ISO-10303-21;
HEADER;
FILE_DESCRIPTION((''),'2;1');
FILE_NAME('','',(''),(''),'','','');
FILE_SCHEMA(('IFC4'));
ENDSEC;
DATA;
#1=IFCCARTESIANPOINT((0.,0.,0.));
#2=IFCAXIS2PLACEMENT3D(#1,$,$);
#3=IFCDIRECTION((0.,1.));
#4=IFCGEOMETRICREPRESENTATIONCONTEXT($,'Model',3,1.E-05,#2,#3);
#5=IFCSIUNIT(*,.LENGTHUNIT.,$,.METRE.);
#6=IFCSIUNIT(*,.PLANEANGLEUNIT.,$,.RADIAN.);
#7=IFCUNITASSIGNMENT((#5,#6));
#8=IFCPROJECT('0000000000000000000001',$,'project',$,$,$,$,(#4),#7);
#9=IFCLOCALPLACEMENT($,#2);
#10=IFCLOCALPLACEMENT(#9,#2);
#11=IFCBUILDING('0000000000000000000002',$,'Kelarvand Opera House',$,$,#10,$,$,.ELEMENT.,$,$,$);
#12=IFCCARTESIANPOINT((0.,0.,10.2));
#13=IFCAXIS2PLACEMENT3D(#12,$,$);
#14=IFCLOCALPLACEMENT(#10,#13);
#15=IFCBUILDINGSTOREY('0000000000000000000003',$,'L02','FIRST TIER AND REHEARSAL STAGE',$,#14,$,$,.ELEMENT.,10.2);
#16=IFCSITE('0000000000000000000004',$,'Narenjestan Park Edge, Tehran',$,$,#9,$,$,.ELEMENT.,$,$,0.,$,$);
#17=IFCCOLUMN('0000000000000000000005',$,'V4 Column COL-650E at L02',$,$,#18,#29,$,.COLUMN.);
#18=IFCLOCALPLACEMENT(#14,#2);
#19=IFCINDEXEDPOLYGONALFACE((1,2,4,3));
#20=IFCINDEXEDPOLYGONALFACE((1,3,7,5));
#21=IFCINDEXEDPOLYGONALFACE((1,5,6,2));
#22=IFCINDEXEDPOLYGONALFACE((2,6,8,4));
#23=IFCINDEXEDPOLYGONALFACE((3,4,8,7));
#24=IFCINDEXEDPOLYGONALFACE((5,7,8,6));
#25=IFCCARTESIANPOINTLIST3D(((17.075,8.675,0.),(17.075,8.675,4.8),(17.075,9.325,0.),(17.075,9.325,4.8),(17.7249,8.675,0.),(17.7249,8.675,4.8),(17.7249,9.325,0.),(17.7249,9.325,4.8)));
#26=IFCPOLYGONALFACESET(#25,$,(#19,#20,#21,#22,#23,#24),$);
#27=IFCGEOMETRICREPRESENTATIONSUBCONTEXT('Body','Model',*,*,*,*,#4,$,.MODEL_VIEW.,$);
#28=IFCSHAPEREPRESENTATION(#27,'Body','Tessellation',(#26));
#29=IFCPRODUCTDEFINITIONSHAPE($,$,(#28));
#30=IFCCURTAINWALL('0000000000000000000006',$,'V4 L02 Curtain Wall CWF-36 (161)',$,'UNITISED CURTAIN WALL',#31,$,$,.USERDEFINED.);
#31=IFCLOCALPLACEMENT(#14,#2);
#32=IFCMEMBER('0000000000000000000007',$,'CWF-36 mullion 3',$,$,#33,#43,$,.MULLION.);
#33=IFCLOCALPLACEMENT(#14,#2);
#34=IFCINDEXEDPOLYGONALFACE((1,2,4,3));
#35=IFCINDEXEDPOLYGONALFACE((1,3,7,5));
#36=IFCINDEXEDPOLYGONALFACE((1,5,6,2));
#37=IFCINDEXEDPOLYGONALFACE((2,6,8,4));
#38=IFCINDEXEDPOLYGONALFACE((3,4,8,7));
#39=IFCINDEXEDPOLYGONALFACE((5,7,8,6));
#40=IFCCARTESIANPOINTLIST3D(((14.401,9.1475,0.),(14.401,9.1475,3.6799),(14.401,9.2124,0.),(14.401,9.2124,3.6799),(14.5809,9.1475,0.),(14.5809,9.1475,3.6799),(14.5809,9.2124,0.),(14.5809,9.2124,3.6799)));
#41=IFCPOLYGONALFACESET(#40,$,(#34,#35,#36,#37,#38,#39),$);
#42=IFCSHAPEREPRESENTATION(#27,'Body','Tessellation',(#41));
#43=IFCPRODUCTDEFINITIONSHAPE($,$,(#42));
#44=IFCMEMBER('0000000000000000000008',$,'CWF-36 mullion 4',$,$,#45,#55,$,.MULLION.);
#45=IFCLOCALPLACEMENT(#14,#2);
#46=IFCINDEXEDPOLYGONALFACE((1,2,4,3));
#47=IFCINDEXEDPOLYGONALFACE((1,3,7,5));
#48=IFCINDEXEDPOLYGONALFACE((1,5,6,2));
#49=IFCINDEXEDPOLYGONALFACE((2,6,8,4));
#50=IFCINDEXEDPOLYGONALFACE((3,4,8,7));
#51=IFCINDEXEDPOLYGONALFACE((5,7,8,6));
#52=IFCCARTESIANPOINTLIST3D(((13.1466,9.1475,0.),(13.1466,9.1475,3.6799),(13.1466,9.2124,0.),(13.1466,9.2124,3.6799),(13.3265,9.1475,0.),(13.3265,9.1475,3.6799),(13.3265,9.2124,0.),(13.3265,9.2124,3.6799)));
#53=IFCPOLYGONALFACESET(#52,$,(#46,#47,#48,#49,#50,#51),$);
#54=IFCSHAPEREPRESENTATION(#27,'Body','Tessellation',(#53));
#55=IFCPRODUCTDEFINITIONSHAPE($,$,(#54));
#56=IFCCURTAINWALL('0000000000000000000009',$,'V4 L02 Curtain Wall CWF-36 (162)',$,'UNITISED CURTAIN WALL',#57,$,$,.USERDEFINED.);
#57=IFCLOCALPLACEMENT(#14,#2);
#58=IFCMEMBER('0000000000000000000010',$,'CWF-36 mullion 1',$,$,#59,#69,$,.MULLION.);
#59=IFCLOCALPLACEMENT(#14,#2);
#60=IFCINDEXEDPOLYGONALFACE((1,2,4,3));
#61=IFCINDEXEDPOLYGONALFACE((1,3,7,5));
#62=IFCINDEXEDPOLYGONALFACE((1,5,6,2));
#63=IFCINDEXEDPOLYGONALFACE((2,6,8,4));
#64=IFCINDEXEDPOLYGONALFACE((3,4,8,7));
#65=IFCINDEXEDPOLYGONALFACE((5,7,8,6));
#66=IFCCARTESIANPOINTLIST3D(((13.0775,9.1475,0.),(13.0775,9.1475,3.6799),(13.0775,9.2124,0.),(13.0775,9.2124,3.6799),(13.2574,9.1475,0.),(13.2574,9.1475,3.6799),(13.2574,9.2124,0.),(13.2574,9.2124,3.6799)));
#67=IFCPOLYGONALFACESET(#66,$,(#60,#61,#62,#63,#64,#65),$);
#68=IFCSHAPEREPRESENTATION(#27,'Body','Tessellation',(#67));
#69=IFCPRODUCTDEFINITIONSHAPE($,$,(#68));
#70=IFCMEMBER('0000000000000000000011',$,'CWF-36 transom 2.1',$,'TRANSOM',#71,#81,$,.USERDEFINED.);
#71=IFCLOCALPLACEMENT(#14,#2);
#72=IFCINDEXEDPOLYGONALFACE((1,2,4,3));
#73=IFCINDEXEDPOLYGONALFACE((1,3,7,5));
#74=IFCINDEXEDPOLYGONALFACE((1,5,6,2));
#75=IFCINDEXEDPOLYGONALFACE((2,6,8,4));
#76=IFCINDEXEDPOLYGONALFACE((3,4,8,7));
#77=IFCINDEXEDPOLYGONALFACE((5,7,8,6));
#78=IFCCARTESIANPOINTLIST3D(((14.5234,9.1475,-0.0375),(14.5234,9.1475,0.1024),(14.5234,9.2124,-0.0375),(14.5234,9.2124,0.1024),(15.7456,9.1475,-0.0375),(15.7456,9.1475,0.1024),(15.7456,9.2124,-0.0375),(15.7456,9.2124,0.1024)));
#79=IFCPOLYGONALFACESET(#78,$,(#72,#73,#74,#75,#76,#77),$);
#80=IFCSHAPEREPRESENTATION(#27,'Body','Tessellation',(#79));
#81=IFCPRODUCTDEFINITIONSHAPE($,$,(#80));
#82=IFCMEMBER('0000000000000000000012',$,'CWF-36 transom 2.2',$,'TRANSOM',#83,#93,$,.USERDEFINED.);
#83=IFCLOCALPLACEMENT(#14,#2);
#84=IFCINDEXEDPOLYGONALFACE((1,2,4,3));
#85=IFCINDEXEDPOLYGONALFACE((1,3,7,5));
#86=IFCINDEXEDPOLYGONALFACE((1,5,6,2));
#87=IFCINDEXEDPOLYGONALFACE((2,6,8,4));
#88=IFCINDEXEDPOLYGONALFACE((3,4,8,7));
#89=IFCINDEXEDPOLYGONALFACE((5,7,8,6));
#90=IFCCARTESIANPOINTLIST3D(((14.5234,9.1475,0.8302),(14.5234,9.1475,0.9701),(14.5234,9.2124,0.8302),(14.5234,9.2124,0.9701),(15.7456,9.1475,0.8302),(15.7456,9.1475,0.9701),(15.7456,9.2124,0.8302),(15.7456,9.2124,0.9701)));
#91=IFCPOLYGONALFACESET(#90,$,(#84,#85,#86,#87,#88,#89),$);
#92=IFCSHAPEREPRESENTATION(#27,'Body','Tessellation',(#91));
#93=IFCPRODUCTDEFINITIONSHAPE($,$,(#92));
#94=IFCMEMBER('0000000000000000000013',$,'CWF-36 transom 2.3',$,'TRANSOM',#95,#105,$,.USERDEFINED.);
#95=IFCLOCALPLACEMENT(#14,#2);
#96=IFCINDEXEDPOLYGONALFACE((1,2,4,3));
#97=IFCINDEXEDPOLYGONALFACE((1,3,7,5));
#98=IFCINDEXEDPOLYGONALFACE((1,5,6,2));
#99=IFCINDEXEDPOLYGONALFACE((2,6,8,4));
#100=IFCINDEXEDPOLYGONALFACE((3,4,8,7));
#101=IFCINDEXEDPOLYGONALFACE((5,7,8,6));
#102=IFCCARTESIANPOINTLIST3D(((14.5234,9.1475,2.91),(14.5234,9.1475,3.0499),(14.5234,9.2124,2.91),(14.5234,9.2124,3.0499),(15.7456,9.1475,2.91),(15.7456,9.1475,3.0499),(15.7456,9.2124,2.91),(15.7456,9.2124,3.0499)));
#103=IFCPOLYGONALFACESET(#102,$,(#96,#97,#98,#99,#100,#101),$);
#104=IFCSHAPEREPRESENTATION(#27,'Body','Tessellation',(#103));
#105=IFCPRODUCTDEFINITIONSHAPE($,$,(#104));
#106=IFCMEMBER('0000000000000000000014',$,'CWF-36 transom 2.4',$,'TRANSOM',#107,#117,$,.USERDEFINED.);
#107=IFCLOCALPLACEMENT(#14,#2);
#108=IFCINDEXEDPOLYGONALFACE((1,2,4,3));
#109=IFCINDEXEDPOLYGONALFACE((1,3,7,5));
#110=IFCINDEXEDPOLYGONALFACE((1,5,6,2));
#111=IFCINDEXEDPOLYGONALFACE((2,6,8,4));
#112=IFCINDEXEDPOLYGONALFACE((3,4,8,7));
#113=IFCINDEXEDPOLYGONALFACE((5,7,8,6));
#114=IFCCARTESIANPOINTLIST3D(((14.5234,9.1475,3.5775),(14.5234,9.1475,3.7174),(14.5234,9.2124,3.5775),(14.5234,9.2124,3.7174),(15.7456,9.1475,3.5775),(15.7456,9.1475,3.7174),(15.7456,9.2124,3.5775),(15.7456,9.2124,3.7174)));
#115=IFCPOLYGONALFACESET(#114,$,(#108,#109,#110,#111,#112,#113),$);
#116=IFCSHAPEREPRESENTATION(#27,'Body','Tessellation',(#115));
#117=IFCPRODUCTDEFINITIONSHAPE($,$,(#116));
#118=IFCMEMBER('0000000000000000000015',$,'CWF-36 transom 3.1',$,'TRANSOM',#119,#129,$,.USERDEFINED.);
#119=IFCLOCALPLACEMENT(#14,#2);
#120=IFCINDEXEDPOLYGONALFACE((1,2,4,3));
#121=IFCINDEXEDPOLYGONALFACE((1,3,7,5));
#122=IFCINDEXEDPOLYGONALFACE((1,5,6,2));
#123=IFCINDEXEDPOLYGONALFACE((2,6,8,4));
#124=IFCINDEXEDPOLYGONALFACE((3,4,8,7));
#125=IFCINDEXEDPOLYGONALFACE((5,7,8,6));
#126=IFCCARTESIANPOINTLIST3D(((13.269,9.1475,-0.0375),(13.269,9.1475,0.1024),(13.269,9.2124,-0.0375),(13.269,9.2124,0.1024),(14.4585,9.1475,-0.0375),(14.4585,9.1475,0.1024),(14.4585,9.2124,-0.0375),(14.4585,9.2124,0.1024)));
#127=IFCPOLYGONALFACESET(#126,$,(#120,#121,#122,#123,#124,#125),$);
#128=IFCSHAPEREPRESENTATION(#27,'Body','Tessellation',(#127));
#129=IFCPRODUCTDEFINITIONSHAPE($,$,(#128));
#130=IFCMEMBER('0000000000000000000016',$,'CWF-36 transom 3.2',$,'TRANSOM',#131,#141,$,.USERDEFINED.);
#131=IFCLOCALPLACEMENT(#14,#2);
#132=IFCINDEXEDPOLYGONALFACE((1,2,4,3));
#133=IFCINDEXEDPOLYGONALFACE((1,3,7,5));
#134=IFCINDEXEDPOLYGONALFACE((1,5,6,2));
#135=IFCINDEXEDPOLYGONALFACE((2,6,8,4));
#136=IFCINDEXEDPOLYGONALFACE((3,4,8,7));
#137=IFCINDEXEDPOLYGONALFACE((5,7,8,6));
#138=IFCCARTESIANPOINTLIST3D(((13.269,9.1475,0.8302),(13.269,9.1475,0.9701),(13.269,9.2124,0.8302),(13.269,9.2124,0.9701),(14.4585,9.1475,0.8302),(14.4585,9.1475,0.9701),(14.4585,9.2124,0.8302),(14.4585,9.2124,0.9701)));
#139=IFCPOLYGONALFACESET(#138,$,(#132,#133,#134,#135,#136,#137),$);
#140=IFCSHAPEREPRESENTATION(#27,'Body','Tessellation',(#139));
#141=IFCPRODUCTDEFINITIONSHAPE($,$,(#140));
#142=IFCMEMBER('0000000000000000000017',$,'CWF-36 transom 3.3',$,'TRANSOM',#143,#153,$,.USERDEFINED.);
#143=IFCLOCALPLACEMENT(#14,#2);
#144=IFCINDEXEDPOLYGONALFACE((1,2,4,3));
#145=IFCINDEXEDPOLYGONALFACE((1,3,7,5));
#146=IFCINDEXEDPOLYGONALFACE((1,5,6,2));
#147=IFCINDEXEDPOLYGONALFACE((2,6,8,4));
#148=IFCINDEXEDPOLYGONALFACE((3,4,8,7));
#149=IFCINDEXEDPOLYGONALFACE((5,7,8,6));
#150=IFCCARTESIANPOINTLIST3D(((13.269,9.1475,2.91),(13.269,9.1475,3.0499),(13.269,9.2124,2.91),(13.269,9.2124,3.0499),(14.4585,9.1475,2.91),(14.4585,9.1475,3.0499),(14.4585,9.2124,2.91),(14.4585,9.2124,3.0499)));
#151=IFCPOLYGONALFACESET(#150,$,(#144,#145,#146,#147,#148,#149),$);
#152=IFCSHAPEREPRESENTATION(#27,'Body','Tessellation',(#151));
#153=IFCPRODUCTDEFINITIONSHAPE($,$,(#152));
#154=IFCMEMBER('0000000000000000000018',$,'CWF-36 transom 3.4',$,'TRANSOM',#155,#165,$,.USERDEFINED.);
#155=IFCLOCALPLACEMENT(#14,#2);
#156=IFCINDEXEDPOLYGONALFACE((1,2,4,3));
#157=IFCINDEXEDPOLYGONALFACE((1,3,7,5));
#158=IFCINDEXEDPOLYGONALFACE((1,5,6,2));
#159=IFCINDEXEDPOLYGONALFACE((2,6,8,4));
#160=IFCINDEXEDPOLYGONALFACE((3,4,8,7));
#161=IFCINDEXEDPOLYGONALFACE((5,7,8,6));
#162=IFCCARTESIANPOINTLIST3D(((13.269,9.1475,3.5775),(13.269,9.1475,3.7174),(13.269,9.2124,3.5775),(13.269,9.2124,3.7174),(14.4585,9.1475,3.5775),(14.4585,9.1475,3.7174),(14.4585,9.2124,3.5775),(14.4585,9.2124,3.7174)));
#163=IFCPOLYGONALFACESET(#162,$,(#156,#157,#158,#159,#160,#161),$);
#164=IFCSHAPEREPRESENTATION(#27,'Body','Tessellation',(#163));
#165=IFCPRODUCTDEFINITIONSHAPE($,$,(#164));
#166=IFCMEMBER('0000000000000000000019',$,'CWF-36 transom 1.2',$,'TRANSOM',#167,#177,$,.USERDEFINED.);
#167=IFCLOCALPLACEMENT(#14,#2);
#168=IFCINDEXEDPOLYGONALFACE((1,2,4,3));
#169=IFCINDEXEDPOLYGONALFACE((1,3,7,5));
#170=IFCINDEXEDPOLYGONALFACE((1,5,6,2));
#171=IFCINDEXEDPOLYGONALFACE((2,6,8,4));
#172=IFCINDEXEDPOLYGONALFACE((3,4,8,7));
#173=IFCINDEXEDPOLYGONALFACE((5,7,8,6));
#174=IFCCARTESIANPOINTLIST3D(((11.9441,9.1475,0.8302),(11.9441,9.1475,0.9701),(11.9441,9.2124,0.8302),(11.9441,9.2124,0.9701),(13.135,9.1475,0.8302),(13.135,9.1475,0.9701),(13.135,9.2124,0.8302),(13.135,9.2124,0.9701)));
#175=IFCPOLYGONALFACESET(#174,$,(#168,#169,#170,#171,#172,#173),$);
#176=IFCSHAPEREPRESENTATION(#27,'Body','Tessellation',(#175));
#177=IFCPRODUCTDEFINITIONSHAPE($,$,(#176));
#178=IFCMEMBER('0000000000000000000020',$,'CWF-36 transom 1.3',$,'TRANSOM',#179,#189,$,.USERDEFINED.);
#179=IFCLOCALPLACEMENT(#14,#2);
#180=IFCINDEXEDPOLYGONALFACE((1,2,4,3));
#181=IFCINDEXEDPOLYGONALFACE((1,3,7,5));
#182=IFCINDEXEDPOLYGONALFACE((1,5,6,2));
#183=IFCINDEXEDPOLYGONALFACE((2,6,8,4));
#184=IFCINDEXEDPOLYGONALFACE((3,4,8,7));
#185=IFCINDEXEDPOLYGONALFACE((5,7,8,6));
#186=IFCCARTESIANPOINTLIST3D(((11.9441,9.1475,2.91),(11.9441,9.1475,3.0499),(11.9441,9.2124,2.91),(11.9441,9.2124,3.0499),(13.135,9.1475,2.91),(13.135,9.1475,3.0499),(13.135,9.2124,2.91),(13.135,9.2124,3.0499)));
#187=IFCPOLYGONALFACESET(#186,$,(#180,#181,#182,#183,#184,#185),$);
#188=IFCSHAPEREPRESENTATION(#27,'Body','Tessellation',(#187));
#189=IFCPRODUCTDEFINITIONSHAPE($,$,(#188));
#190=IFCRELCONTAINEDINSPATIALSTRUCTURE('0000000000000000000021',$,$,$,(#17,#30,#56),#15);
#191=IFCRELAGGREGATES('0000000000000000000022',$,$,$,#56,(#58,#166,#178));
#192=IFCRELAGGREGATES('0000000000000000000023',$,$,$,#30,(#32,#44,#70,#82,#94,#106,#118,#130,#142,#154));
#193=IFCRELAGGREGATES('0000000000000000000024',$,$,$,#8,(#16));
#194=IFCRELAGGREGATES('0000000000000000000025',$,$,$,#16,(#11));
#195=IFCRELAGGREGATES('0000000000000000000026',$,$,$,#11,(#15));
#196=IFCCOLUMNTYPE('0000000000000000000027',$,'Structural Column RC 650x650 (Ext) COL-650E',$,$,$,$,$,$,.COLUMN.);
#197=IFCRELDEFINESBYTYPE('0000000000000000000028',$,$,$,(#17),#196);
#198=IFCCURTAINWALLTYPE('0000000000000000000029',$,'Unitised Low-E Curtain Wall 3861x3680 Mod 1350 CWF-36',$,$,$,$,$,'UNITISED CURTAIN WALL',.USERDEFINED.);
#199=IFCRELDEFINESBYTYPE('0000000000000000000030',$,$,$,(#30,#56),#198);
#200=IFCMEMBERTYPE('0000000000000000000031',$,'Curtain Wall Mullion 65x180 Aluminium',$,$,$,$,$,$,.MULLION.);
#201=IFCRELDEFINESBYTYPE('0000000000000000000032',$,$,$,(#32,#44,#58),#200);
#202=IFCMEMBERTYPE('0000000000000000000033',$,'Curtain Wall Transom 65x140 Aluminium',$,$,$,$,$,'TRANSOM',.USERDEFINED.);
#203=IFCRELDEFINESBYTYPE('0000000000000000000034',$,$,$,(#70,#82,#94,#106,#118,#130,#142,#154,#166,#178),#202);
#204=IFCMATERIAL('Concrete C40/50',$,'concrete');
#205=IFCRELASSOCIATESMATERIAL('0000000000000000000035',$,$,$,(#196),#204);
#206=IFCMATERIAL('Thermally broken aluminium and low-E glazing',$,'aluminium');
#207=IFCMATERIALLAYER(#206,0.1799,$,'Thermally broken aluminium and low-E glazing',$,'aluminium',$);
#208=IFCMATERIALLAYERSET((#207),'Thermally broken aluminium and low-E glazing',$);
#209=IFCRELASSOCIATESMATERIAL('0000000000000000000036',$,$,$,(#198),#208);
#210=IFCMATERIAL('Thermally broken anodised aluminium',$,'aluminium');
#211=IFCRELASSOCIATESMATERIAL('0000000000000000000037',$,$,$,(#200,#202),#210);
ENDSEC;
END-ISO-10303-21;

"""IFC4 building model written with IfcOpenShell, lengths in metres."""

from ifc_helpers import new_model, si_unit, direction, frame, origin, origin_2d, place, context, subcontext, project, spatial, rectangle, extrude, material, layer, layer_set, material_profile, profile_set, type_object, element, aggregate, save


model = new_model("IFC4")

# Units and contexts
model_context = context("Model", 3, precision=1e-05, world=origin(), true_north=direction((0.0, 1.0)))
body_context = subcontext(model_context, "Body", "Model", "MODEL_VIEW")
ifc_project = project(units=[si_unit("LENGTHUNIT", "METRE"), si_unit("PLANEANGLEUNIT", "RADIAN")], contexts=[model_context])

# Site, building, storey
site_placement = place(None, origin())
site = spatial("IfcSite", under=ifc_project, at=site_placement, Name="Narenjestan Park Edge, Tehran", CompositionType="ELEMENT", RefElevation=0.0)
building_placement = place(site_placement, origin())
building = spatial("IfcBuilding", under=site, at=building_placement, Name="Kelarvand Opera House", CompositionType="ELEMENT")
storey_placement = place(building_placement, frame((0.0, 0.0, 10.2)))
storey = spatial("IfcBuildingStorey", under=building, at=storey_placement, Name="L02", Description="FIRST TIER AND REHEARSAL STAGE", CompositionType="ELEMENT", Elevation=10.2)

# Column
ifc_material_1 = material(Name="Concrete C40/50", Category="concrete")
ifc_material_profile_1 = material_profile(ifc_material_1, rectangle(XDim=0.6499, YDim=0.6499, at=origin_2d()), Name="RC 650x650", Category="concrete")
ifc_profile_set_1 = profile_set([ifc_material_profile_1], Name="Concrete C40/50")
column_type = type_object("IfcColumnType", Name="Structural Column RC 650x650 (Ext) COL-650E", PredefinedType="COLUMN", material=ifc_profile_set_1)
column_placement = place(storey_placement, frame((17.3999, 9.0, 0.0), z_axis=(0.0, 0.0, 1.0), x_axis=(1.0, 0.0, 0.0)))
element("IfcColumn", 1, at=column_placement, inside=storey, type_object=column_type, Name="V4 Column COL-650E at L02", PredefinedType="COLUMN", context=body_context, shape_type="SweptSolid", body=[
    extrude(rectangle(XDim=0.6499, YDim=0.6499, at=origin_2d()), origin(), (0.0, 0.0, 1.0), 4.8),
])

# Curtain wall, members
ifc_material_2 = material(Name="Thermally broken aluminium and low-E glazing", Category="aluminium")
ifc_layer_1 = layer(ifc_material_2, 0.1799, Name="Thermally broken aluminium and low-E glazing", Category="aluminium")
ifc_layer_set_1 = layer_set([ifc_layer_1], Name="Thermally broken aluminium and low-E glazing")
curtain_wall_type = type_object("IfcCurtainWallType", Name="Unitised Low-E Curtain Wall 3861x3680 Mod 1350 CWF-36", ElementType="UNITISED CURTAIN WALL", PredefinedType="USERDEFINED", material=ifc_layer_set_1)
curtain_wall_1_placement = place(storey_placement, origin())
curtain_wall_1 = element("IfcCurtainWall", 2, at=curtain_wall_1_placement, inside=storey, type_object=curtain_wall_type, Name="V4 L02 Curtain Wall CWF-36 (161)", ObjectType="UNITISED CURTAIN WALL", PredefinedType="USERDEFINED")
ifc_material_3 = material(Name="Thermally broken anodised aluminium", Category="aluminium")
ifc_material_profile_2 = material_profile(ifc_material_3, rectangle(XDim=0.0649, YDim=0.1799, at=origin_2d()), Name="ALU MULLION 65x180", Category="aluminium")
ifc_profile_set_2 = profile_set([ifc_material_profile_2], Name="Thermally broken anodised aluminium")
member_type_1 = type_object("IfcMemberType", Name="Curtain Wall Mullion 65x180 Aluminium", PredefinedType="MULLION", material=ifc_profile_set_2)
member_1_placement = place(storey_placement, frame((14.491, 9.1799, 0.0), z_axis=(0.0, 0.0, 1.0), x_axis=(0.0, -1.0, 0.0)))
member_1 = element("IfcMember", 3, at=member_1_placement, type_object=member_type_1, Name="CWF-36 mullion 3", PredefinedType="MULLION", context=body_context, shape_type="SweptSolid", body=[
    extrude(rectangle(XDim=0.0649, YDim=0.1799, at=origin_2d()), origin(), (0.0, 0.0, 1.0), 3.6799),
])
member_2_placement = place(storey_placement, frame((13.2366, 9.1799, 0.0), z_axis=(0.0, 0.0, 1.0), x_axis=(0.0, -1.0, 0.0)))
member_2 = element("IfcMember", 4, at=member_2_placement, type_object=member_type_1, Name="CWF-36 mullion 4", PredefinedType="MULLION", context=body_context, shape_type="SweptSolid", body=[
    extrude(rectangle(XDim=0.0649, YDim=0.1799, at=origin_2d()), origin(), (0.0, 0.0, 1.0), 3.6799),
])

# Curtain wall, member
curtain_wall_2_placement = place(storey_placement, origin())
curtain_wall_2 = element("IfcCurtainWall", 5, at=curtain_wall_2_placement, inside=storey, type_object=curtain_wall_type, Name="V4 L02 Curtain Wall CWF-36 (162)", ObjectType="UNITISED CURTAIN WALL", PredefinedType="USERDEFINED")
member_3_placement = place(storey_placement, frame((13.1675, 9.1799, 0.0), z_axis=(0.0, 0.0, 1.0), x_axis=(0.0, -1.0, 0.0)))
member_3 = element("IfcMember", 6, at=member_3_placement, type_object=member_type_1, Name="CWF-36 mullion 1", PredefinedType="MULLION", context=body_context, shape_type="SweptSolid", body=[
    extrude(rectangle(XDim=0.0649, YDim=0.1799, at=origin_2d()), origin(), (0.0, 0.0, 1.0), 3.6799),
])

# Members
ifc_material_profile_3 = material_profile(ifc_material_3, rectangle(XDim=0.0649, YDim=0.1399, at=origin_2d()), Name="ALU TRANSOM 65x140", Category="aluminium")
ifc_profile_set_3 = profile_set([ifc_material_profile_3], Name="Thermally broken anodised aluminium")
member_type_2 = type_object("IfcMemberType", Name="Curtain Wall Transom 65x140 Aluminium", ElementType="TRANSOM", PredefinedType="USERDEFINED", material=ifc_profile_set_3)
member_4_placement = place(storey_placement, frame((15.7456, 9.1799, 0.0325), z_axis=(-1.0, 0.0, 0.0), x_axis=(0.0, -1.0, 0.0)))
member_4 = element("IfcMember", 7, at=member_4_placement, type_object=member_type_2, Name="CWF-36 transom 2.1", ObjectType="TRANSOM", PredefinedType="USERDEFINED", context=body_context, shape_type="SweptSolid", body=[
    extrude(rectangle(XDim=0.0649, YDim=0.1399, at=origin_2d()), origin(), (0.0, 0.0, 1.0), 1.2222),
])
member_5_placement = place(storey_placement, frame((15.7456, 9.1799, 0.9001), z_axis=(-1.0, 0.0, 0.0), x_axis=(0.0, -1.0, 0.0)))
member_5 = element("IfcMember", 8, at=member_5_placement, type_object=member_type_2, Name="CWF-36 transom 2.2", ObjectType="TRANSOM", PredefinedType="USERDEFINED", context=body_context, shape_type="SweptSolid", body=[
    extrude(rectangle(XDim=0.0649, YDim=0.1399, at=origin_2d()), origin(), (0.0, 0.0, 1.0), 1.2222),
])
member_6_placement = place(storey_placement, frame((15.7456, 9.1799, 2.98), z_axis=(-1.0, 0.0, 0.0), x_axis=(0.0, -1.0, 0.0)))
member_6 = element("IfcMember", 9, at=member_6_placement, type_object=member_type_2, Name="CWF-36 transom 2.3", ObjectType="TRANSOM", PredefinedType="USERDEFINED", context=body_context, shape_type="SweptSolid", body=[
    extrude(rectangle(XDim=0.0649, YDim=0.1399, at=origin_2d()), origin(), (0.0, 0.0, 1.0), 1.2222),
])
member_7_placement = place(storey_placement, frame((15.7456, 9.1799, 3.6475), z_axis=(-1.0, 0.0, 0.0), x_axis=(0.0, -1.0, 0.0)))
member_7 = element("IfcMember", 10, at=member_7_placement, type_object=member_type_2, Name="CWF-36 transom 2.4", ObjectType="TRANSOM", PredefinedType="USERDEFINED", context=body_context, shape_type="SweptSolid", body=[
    extrude(rectangle(XDim=0.0649, YDim=0.1399, at=origin_2d()), origin(), (0.0, 0.0, 1.0), 1.2222),
])
member_8_placement = place(storey_placement, frame((14.4585, 9.1799, 0.0325), z_axis=(-1.0, 0.0, 0.0), x_axis=(0.0, -1.0, 0.0)))
member_8 = element("IfcMember", 11, at=member_8_placement, type_object=member_type_2, Name="CWF-36 transom 3.1", ObjectType="TRANSOM", PredefinedType="USERDEFINED", context=body_context, shape_type="SweptSolid", body=[
    extrude(rectangle(XDim=0.0649, YDim=0.1399, at=origin_2d()), origin(), (0.0, 0.0, 1.0), 1.1895),
])
member_9_placement = place(storey_placement, frame((14.4585, 9.1799, 0.9001), z_axis=(-1.0, 0.0, 0.0), x_axis=(0.0, -1.0, 0.0)))
member_9 = element("IfcMember", 12, at=member_9_placement, type_object=member_type_2, Name="CWF-36 transom 3.2", ObjectType="TRANSOM", PredefinedType="USERDEFINED", context=body_context, shape_type="SweptSolid", body=[
    extrude(rectangle(XDim=0.0649, YDim=0.1399, at=origin_2d()), origin(), (0.0, 0.0, 1.0), 1.1895),
])
member_10_placement = place(storey_placement, frame((14.4585, 9.1799, 2.98), z_axis=(-1.0, 0.0, 0.0), x_axis=(0.0, -1.0, 0.0)))
member_10 = element("IfcMember", 13, at=member_10_placement, type_object=member_type_2, Name="CWF-36 transom 3.3", ObjectType="TRANSOM", PredefinedType="USERDEFINED", context=body_context, shape_type="SweptSolid", body=[
    extrude(rectangle(XDim=0.0649, YDim=0.1399, at=origin_2d()), origin(), (0.0, 0.0, 1.0), 1.1895),
])
member_11_placement = place(storey_placement, frame((14.4585, 9.1799, 3.6475), z_axis=(-1.0, 0.0, 0.0), x_axis=(0.0, -1.0, 0.0)))
member_11 = element("IfcMember", 14, at=member_11_placement, type_object=member_type_2, Name="CWF-36 transom 3.4", ObjectType="TRANSOM", PredefinedType="USERDEFINED", context=body_context, shape_type="SweptSolid", body=[
    extrude(rectangle(XDim=0.0649, YDim=0.1399, at=origin_2d()), origin(), (0.0, 0.0, 1.0), 1.1895),
])
member_12_placement = place(storey_placement, frame((13.135, 9.1799, 0.9001), z_axis=(-1.0, 0.0, 0.0), x_axis=(0.0, -1.0, 0.0)))
member_12 = element("IfcMember", 15, at=member_12_placement, type_object=member_type_2, Name="CWF-36 transom 1.2", ObjectType="TRANSOM", PredefinedType="USERDEFINED", context=body_context, shape_type="SweptSolid", body=[
    extrude(rectangle(XDim=0.0649, YDim=0.1399, at=origin_2d()), origin(), (0.0, 0.0, 1.0), 1.1909),
])
member_13_placement = place(storey_placement, frame((13.135, 9.1799, 2.98), z_axis=(-1.0, 0.0, 0.0), x_axis=(0.0, -1.0, 0.0)))
member_13 = element("IfcMember", 16, at=member_13_placement, type_object=member_type_2, Name="CWF-36 transom 1.3", ObjectType="TRANSOM", PredefinedType="USERDEFINED", context=body_context, shape_type="SweptSolid", body=[
    extrude(rectangle(XDim=0.0649, YDim=0.1399, at=origin_2d()), origin(), (0.0, 0.0, 1.0), 1.1909),
])
aggregate(curtain_wall_2, [member_3, member_12, member_13])

aggregate(curtain_wall_1, [member_1, member_2, member_4, member_5, member_6, member_7, member_8, member_9, member_10, member_11])

save(model, "model.ifc")
